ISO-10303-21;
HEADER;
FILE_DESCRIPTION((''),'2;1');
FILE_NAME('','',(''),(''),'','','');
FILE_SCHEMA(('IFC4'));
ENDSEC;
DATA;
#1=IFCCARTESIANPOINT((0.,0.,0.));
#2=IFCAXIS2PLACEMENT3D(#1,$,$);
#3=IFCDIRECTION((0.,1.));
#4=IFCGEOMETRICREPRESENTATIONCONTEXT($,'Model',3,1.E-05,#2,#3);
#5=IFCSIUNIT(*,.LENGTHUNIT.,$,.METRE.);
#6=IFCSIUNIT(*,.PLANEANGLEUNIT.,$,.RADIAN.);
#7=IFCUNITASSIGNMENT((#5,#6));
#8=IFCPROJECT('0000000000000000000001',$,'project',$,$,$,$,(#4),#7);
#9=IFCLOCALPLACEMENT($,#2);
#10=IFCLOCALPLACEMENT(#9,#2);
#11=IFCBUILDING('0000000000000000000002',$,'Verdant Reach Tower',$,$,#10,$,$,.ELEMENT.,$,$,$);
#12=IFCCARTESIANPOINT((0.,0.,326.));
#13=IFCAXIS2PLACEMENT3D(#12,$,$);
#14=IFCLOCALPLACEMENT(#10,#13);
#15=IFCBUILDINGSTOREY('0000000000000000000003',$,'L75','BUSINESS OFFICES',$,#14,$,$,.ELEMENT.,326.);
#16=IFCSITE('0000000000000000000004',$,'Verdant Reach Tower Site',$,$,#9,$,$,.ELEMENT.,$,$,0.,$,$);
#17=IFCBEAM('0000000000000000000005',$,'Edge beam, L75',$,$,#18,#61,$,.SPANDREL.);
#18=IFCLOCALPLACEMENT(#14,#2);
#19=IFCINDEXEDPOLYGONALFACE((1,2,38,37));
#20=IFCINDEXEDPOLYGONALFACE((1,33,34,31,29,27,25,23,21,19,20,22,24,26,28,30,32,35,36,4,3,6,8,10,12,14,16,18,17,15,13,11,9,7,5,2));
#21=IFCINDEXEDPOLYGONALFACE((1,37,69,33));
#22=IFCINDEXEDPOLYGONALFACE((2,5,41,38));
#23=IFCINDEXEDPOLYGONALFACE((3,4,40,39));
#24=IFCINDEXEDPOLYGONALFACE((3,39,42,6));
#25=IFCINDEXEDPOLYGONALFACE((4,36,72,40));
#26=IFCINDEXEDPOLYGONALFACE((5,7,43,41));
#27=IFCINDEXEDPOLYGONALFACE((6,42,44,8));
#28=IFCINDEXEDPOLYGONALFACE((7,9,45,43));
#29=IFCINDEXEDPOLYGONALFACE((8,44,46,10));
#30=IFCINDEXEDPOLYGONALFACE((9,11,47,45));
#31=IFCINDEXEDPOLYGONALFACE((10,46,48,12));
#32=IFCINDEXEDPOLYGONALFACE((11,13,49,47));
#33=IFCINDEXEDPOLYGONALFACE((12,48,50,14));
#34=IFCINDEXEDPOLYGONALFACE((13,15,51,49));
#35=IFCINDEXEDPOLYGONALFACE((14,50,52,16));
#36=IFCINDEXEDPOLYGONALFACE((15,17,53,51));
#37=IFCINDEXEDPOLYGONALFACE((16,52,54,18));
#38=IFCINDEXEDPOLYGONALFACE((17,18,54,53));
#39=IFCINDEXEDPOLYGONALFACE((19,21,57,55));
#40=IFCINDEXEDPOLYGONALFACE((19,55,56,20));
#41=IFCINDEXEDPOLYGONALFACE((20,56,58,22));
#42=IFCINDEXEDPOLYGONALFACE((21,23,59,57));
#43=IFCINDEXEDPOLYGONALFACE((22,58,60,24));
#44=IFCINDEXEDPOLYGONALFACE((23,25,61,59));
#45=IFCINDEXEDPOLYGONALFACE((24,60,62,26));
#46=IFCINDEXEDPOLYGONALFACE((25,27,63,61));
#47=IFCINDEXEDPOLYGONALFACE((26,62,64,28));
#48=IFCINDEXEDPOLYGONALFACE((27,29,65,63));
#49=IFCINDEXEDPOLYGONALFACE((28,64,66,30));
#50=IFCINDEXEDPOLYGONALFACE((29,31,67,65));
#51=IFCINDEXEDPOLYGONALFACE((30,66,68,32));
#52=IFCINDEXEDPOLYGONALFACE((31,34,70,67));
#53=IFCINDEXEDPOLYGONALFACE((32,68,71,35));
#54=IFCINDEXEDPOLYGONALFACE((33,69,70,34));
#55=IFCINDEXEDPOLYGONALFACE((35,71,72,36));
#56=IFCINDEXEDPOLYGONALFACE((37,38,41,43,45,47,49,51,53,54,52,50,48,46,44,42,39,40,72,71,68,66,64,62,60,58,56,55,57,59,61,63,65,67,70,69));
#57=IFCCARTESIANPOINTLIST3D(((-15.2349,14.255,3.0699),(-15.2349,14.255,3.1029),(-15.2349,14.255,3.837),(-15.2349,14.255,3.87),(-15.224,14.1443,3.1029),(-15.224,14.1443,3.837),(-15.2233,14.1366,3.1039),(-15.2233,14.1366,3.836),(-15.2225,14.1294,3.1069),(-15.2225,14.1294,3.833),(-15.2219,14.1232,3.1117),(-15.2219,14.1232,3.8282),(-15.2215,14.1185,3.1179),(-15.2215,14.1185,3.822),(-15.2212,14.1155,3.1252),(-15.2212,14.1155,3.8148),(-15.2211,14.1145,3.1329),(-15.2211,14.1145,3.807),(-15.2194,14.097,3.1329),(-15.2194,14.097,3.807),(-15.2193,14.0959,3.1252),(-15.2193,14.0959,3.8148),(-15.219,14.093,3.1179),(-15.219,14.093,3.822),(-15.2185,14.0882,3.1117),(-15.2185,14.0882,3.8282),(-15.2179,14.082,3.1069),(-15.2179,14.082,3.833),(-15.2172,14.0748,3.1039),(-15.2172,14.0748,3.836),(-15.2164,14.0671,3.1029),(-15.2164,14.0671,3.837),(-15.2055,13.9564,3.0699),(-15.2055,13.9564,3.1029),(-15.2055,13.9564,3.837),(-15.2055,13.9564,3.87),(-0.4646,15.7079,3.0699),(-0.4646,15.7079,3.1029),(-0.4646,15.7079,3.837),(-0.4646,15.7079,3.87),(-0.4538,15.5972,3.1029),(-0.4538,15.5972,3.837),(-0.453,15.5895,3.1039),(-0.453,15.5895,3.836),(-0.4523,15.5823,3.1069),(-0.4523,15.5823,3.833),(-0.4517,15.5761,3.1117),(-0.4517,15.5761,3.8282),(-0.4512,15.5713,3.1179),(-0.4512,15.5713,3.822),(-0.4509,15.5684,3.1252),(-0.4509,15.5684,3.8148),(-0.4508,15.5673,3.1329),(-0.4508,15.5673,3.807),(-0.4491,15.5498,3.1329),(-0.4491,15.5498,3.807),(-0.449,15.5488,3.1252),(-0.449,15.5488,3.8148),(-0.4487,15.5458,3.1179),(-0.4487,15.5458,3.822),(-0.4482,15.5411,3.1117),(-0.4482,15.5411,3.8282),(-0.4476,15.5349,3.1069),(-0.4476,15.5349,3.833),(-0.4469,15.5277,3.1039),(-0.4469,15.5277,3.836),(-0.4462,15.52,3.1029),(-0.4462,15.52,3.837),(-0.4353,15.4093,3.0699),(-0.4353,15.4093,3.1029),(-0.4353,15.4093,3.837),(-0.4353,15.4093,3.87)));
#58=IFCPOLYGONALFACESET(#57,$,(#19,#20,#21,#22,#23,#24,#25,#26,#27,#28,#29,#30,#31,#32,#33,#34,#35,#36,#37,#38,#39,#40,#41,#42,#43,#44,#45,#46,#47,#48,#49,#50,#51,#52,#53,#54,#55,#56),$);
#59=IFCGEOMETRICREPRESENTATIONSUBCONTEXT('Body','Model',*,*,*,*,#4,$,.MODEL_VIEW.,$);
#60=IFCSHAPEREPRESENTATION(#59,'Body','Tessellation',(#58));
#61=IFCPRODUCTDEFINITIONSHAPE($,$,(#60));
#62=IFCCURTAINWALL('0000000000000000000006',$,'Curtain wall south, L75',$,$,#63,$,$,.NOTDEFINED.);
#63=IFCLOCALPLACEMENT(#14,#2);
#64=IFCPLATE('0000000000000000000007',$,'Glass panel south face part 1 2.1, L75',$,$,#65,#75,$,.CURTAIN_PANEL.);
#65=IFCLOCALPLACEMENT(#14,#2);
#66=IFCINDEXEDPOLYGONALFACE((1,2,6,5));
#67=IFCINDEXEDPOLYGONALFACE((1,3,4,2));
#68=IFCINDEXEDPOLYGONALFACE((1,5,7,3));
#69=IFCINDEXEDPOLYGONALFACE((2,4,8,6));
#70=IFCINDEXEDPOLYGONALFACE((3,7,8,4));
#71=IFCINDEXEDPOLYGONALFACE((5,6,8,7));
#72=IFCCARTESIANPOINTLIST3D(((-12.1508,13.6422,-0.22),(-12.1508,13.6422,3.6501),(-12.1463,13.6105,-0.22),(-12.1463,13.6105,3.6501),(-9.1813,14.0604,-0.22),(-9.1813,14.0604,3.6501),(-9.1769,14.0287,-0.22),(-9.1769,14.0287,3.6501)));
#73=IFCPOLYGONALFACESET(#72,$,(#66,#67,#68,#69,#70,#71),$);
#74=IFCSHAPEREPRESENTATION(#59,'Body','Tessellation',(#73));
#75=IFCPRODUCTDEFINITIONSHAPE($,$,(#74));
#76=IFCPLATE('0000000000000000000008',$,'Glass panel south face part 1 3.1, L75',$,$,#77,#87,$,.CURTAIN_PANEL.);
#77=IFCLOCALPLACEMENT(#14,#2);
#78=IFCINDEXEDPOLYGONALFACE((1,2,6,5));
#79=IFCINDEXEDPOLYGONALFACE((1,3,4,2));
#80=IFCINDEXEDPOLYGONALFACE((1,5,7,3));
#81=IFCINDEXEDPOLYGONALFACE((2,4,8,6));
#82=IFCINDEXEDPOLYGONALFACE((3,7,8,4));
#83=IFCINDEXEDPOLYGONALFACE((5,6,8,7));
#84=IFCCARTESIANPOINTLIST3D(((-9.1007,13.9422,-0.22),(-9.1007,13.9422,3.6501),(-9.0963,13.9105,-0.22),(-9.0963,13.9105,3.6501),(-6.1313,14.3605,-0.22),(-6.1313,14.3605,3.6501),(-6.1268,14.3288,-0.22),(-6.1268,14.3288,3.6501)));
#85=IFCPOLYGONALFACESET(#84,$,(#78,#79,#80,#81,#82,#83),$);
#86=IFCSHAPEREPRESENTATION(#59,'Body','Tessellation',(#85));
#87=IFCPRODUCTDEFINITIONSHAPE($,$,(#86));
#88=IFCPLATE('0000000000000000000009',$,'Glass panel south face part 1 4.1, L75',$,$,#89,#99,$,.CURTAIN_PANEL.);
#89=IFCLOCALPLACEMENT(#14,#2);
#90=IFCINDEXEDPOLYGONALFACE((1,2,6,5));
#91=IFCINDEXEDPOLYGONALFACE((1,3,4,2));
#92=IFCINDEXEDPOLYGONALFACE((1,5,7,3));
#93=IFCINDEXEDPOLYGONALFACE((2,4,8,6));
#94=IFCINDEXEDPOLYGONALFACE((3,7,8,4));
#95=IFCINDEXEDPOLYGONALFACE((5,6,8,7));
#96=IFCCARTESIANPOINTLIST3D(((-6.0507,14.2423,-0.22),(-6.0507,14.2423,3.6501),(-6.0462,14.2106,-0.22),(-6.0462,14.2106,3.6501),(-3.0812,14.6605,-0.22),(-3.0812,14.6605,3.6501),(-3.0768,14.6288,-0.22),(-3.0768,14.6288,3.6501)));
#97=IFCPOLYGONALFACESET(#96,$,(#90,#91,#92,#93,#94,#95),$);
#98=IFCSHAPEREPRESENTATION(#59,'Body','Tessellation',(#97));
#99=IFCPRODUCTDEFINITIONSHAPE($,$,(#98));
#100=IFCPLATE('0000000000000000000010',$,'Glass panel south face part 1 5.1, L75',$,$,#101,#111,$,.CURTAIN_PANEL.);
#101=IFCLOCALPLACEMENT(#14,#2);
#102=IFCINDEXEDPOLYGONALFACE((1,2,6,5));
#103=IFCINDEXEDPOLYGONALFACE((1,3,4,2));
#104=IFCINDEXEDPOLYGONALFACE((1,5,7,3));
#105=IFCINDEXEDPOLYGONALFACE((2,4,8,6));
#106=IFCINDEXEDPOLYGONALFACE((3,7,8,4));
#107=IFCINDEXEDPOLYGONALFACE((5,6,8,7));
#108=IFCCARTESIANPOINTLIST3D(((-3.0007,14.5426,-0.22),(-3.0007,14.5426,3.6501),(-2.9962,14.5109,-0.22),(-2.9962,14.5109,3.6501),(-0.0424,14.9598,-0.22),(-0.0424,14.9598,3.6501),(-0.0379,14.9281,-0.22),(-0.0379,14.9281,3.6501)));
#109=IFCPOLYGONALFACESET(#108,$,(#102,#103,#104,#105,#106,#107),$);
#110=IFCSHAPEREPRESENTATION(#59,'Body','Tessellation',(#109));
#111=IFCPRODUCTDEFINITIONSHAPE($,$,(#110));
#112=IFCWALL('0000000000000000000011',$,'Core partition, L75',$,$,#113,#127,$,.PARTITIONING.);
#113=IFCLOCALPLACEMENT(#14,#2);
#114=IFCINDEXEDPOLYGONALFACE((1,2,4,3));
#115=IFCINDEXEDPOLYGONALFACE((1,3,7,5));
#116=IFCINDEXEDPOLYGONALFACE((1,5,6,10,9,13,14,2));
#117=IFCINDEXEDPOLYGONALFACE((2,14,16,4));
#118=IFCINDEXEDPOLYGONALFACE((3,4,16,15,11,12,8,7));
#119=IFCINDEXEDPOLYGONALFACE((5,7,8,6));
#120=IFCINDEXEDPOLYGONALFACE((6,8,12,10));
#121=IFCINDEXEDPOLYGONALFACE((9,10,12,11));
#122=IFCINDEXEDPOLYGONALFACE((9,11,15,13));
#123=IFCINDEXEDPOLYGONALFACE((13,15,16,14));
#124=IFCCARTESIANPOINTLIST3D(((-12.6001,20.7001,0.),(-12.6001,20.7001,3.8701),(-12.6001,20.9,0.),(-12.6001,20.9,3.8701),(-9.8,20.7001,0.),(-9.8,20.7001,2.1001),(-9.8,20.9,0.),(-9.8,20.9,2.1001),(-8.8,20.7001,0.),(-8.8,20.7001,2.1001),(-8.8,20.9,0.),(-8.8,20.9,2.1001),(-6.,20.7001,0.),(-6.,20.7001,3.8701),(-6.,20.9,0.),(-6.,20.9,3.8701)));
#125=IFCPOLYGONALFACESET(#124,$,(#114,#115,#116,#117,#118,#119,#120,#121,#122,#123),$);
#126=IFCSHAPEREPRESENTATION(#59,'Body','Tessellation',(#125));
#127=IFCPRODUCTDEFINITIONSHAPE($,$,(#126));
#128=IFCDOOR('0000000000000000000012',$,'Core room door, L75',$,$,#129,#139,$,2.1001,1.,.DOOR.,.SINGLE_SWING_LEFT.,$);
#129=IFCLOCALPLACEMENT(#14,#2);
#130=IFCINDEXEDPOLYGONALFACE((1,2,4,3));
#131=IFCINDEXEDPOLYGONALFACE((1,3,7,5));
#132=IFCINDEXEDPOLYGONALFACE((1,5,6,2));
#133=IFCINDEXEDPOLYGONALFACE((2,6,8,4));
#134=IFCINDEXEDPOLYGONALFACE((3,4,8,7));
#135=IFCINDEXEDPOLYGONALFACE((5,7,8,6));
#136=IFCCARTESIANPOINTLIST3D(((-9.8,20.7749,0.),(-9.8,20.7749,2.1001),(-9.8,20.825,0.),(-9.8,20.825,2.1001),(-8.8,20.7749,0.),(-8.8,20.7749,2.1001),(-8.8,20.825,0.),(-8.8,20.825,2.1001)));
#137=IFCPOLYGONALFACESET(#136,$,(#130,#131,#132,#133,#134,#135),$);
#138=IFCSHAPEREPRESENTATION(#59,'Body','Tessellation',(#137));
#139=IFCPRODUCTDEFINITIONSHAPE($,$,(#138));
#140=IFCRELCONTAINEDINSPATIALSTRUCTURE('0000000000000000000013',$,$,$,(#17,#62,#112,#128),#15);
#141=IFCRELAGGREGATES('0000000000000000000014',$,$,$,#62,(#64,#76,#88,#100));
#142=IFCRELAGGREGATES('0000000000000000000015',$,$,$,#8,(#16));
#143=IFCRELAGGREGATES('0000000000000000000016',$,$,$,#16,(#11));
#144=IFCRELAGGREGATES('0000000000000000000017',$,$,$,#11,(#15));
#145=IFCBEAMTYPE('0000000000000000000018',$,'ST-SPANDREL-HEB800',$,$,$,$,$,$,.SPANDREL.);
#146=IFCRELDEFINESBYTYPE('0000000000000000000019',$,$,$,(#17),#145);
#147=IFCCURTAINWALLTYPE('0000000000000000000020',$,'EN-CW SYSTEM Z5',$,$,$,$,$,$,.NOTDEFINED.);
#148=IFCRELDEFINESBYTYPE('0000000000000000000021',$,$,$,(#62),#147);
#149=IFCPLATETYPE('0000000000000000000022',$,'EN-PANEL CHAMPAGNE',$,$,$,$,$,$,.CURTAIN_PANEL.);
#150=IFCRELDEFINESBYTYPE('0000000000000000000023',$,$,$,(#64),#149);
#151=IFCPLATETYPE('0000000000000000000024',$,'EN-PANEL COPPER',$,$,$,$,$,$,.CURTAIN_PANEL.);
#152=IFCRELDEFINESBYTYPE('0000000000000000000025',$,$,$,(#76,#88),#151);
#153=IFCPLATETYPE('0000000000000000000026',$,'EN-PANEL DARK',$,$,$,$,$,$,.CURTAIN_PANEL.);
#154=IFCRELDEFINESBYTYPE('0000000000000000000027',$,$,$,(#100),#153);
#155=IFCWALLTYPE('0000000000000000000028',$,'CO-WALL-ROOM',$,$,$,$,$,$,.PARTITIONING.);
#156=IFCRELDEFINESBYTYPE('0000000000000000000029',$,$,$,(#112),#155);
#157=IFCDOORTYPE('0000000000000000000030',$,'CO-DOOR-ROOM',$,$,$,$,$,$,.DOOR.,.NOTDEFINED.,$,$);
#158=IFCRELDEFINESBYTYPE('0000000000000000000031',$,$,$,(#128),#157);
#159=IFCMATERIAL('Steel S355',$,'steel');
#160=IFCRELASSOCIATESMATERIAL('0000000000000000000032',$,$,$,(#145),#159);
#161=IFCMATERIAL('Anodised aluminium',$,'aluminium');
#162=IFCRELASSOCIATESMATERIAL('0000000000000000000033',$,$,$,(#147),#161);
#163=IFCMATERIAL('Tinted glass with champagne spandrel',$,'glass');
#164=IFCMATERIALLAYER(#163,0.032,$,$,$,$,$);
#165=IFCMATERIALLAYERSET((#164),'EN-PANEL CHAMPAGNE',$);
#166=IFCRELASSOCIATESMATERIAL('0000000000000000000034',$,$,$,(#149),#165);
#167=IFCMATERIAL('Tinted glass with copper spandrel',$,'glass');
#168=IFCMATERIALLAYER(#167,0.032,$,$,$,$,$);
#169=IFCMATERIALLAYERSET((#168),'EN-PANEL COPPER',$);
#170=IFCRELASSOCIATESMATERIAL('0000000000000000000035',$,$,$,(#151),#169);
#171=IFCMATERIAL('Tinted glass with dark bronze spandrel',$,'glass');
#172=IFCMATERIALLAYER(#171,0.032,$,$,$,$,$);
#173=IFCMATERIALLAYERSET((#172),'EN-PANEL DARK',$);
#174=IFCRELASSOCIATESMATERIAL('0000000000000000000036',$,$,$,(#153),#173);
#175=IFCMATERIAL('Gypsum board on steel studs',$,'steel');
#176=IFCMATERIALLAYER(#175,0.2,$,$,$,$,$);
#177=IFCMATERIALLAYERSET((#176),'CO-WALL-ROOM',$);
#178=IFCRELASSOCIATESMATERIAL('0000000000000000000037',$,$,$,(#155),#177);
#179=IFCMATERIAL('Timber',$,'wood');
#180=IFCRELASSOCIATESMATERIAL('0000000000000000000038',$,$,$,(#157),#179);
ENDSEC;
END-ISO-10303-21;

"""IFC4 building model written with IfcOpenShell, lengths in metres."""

from ifc_helpers import new_model, si_unit, direction, frame, frame_2d, origin, origin_2d, place, context, subcontext, project, spatial, rectangle, i_section, extrude, material, layer, layer_set, material_profile, profile_set, type_object, element, fill, aggregate, save


model = new_model("IFC4")

# Units and contexts
model_context = context("Model", 3, precision=1e-05, world=origin(), true_north=direction((0.0, 1.0)))
body_context = subcontext(model_context, "Body", "Model", "MODEL_VIEW")
ifc_project = project(units=[si_unit("LENGTHUNIT", "METRE"), si_unit("PLANEANGLEUNIT", "RADIAN")], contexts=[model_context])

# Site, building, storey
site_placement = place(None, origin())
site = spatial("IfcSite", under=ifc_project, at=site_placement, Name="Verdant Reach Tower Site", CompositionType="ELEMENT", RefElevation=0.0)
building_placement = place(site_placement, origin())
building = spatial("IfcBuilding", under=site, at=building_placement, Name="Verdant Reach Tower", CompositionType="ELEMENT")
storey_placement = place(building_placement, frame((0.0, 0.0, 326.0)))
storey = spatial("IfcBuildingStorey", under=building, at=storey_placement, Name="L75", Description="BUSINESS OFFICES", CompositionType="ELEMENT", Elevation=326.0)

# Beam
ifc_material_1 = material(Name="Steel S355", Category="steel")
ifc_material_profile_1 = material_profile(ifc_material_1, i_section(OverallWidth=0.3, OverallDepth=0.8, WebThickness=0.0176, FlangeThickness=0.033, FilletRadius=0.03, at=origin_2d()), Name="HEB 800")
ifc_profile_set_1 = profile_set([ifc_material_profile_1], Name="Steel S355")
beam_type_1 = type_object("IfcBeamType", Name="ST-SPANDREL-HEB800", PredefinedType="SPANDREL", material=ifc_profile_set_1)
beam_1_placement = place(storey_placement, frame((-0.45, 15.5586, 3.47), z_axis=(-0.995197, -0.097893, 0.0), x_axis=(0.097893, -0.995197, 0.0)))
element("IfcBeam", 1, at=beam_1_placement, inside=storey, type_object=beam_type_1, Name="Edge beam, L75", PredefinedType="SPANDREL", context=body_context, shape_type="SweptSolid", body=[
    extrude(i_section(OverallWidth=0.3, OverallDepth=0.8, WebThickness=0.0176, FlangeThickness=0.033, FilletRadius=0.03, at=origin_2d()), origin(), (0.0, 0.0, 1.0), 14.8416),
])

# Curtain wall, plates
ifc_material_2 = material(Name="Anodised aluminium", Category="aluminium")
curtain_wall_type = type_object("IfcCurtainWallType", Name="EN-CW SYSTEM Z5", PredefinedType="NOTDEFINED", material=ifc_material_2)
curtain_wall_placement = place(storey_placement, origin())
curtain_wall = element("IfcCurtainWall", 2, at=curtain_wall_placement, inside=storey, type_object=curtain_wall_type, Name="Curtain wall south, L75", PredefinedType="NOTDEFINED")
ifc_material_3 = material(Name="Tinted glass with champagne spandrel", Category="glass")
ifc_layer_1 = layer(ifc_material_3, 0.032)
ifc_layer_set_1 = layer_set([ifc_layer_1], Name="EN-PANEL CHAMPAGNE")
plate_type_1 = type_object("IfcPlateType", Name="EN-PANEL CHAMPAGNE", PredefinedType="CURTAIN_PANEL", material=ifc_layer_set_1)
plate_1_placement = place(storey_placement, frame((-10.6638, 13.8354, -0.22), z_axis=(0.0, 0.0, 1.0), x_axis=(0.990225, 0.139477, 0.0)))
plate_1 = element("IfcPlate", 3, at=plate_1_placement, type_object=plate_type_1, Name="Glass panel south face part 1 2.1, L75", PredefinedType="CURTAIN_PANEL", context=body_context, shape_type="SweptSolid", body=[
    extrude(rectangle(XDim=2.9988, YDim=0.032, at=origin_2d()), origin(), (0.0, 0.0, 1.0), 3.8701),
])
ifc_material_4 = material(Name="Tinted glass with copper spandrel", Category="glass")
ifc_layer_2 = layer(ifc_material_4, 0.032)
ifc_layer_set_2 = layer_set([ifc_layer_2], Name="EN-PANEL COPPER")
plate_type_2 = type_object("IfcPlateType", Name="EN-PANEL COPPER", PredefinedType="CURTAIN_PANEL", material=ifc_layer_set_2)
plate_2_placement = place(storey_placement, frame((-7.6138, 14.1355, -0.22), z_axis=(0.0, 0.0, 1.0), x_axis=(0.990225, 0.139477, 0.0)))
plate_2 = element("IfcPlate", 4, at=plate_2_placement, type_object=plate_type_2, Name="Glass panel south face part 1 3.1, L75", PredefinedType="CURTAIN_PANEL", context=body_context, shape_type="SweptSolid", body=[
    extrude(rectangle(XDim=2.9988, YDim=0.032, at=origin_2d()), origin(), (0.0, 0.0, 1.0), 3.8701),
])
plate_3_placement = place(storey_placement, frame((-4.5637, 14.4355, -0.22), z_axis=(0.0, 0.0, 1.0), x_axis=(0.990225, 0.139477, 0.0)))
plate_3 = element("IfcPlate", 5, at=plate_3_placement, type_object=plate_type_2, Name="Glass panel south face part 1 4.1, L75", PredefinedType="CURTAIN_PANEL", context=body_context, shape_type="SweptSolid", body=[
    extrude(rectangle(XDim=2.9988, YDim=0.032, at=origin_2d()), origin(), (0.0, 0.0, 1.0), 3.8701),
])
ifc_material_5 = material(Name="Tinted glass with dark bronze spandrel", Category="glass")
ifc_layer_3 = layer(ifc_material_5, 0.032)
ifc_layer_set_3 = layer_set([ifc_layer_3], Name="EN-PANEL DARK")
plate_type_3 = type_object("IfcPlateType", Name="EN-PANEL DARK", PredefinedType="CURTAIN_PANEL", material=ifc_layer_set_3)
plate_4_placement = place(storey_placement, frame((-1.5193, 14.7354, -0.22), z_axis=(0.0, 0.0, 1.0), x_axis=(0.9902, 0.139656, 0.0)))
plate_4 = element("IfcPlate", 6, at=plate_4_placement, type_object=plate_type_3, Name="Glass panel south face part 1 5.1, L75", PredefinedType="CURTAIN_PANEL", context=body_context, shape_type="SweptSolid", body=[
    extrude(rectangle(XDim=2.9875, YDim=0.032, at=origin_2d()), origin(), (0.0, 0.0, 1.0), 3.8701),
])
aggregate(curtain_wall, [plate_1, plate_2, plate_3, plate_4])

# Wall, opening, door
ifc_material_6 = material(Name="Gypsum board on steel studs", Category="steel")
ifc_layer_4 = layer(ifc_material_6, 0.2)
ifc_layer_set_4 = layer_set([ifc_layer_4], Name="CO-WALL-ROOM")
wall_type_1 = type_object("IfcWallType", Name="CO-WALL-ROOM", PredefinedType="PARTITIONING", material=ifc_layer_set_4)
wall_1_placement = place(storey_placement, frame((-12.6001, 20.8, 0.0), z_axis=(0.0, 0.0, 1.0), x_axis=(1.0, 0.0, 0.0)))
wall_1 = element("IfcWall", 7, at=wall_1_placement, inside=storey, type_object=wall_type_1, Name="Core partition, L75", PredefinedType="PARTITIONING", context=body_context, shape_type="SweptSolid", body=[
    extrude(rectangle(XDim=6.6001, YDim=0.2, at=frame_2d((3.3, 0.0))), origin(), (0.0, 0.0, 1.0), 3.8701),
])
opening_1_placement = place(wall_1_placement, frame((2.8, 0.0, 0.0)))
opening_1 = element("IfcOpeningElement", 8, at=opening_1_placement, cuts=wall_1, PredefinedType="OPENING", context=body_context, shape_type="SweptSolid", body=[
    extrude(rectangle(XDim=1.0, YDim=2.1001, at=frame_2d((0.5, 1.05))), frame((0.0, 0.1099, 0.0), z_axis=(0.0, -1.0, 0.0), x_axis=(1.0, 0.0, 0.0)), (0.0, 0.0, 1.0), 0.22),
])
ifc_material_7 = material(Name="Timber", Category="wood")
door_type_1 = type_object("IfcDoorType", Name="CO-DOOR-ROOM", OperationType="NOTDEFINED", PredefinedType="DOOR", material=ifc_material_7)
door_1_placement = place(opening_1_placement, origin())
door_1 = element("IfcDoor", 9, at=door_1_placement, inside=storey, type_object=door_type_1, Name="Core room door, L75", OperationType="SINGLE_SWING_LEFT", OverallHeight=2.1001, OverallWidth=1.0, PredefinedType="DOOR", context=body_context, shape_type="SweptSolid", body=[
    extrude(rectangle(XDim=1.0, YDim=2.1001, at=frame_2d((0.5, 1.05))), frame((0.0, 0.0249, 0.0), z_axis=(0.0, -1.0, 0.0), x_axis=(1.0, 0.0, 0.0)), (0.0, 0.0, 1.0), 0.05),
])
fill(opening_1, door_1)

save(model, "model.ifc")
